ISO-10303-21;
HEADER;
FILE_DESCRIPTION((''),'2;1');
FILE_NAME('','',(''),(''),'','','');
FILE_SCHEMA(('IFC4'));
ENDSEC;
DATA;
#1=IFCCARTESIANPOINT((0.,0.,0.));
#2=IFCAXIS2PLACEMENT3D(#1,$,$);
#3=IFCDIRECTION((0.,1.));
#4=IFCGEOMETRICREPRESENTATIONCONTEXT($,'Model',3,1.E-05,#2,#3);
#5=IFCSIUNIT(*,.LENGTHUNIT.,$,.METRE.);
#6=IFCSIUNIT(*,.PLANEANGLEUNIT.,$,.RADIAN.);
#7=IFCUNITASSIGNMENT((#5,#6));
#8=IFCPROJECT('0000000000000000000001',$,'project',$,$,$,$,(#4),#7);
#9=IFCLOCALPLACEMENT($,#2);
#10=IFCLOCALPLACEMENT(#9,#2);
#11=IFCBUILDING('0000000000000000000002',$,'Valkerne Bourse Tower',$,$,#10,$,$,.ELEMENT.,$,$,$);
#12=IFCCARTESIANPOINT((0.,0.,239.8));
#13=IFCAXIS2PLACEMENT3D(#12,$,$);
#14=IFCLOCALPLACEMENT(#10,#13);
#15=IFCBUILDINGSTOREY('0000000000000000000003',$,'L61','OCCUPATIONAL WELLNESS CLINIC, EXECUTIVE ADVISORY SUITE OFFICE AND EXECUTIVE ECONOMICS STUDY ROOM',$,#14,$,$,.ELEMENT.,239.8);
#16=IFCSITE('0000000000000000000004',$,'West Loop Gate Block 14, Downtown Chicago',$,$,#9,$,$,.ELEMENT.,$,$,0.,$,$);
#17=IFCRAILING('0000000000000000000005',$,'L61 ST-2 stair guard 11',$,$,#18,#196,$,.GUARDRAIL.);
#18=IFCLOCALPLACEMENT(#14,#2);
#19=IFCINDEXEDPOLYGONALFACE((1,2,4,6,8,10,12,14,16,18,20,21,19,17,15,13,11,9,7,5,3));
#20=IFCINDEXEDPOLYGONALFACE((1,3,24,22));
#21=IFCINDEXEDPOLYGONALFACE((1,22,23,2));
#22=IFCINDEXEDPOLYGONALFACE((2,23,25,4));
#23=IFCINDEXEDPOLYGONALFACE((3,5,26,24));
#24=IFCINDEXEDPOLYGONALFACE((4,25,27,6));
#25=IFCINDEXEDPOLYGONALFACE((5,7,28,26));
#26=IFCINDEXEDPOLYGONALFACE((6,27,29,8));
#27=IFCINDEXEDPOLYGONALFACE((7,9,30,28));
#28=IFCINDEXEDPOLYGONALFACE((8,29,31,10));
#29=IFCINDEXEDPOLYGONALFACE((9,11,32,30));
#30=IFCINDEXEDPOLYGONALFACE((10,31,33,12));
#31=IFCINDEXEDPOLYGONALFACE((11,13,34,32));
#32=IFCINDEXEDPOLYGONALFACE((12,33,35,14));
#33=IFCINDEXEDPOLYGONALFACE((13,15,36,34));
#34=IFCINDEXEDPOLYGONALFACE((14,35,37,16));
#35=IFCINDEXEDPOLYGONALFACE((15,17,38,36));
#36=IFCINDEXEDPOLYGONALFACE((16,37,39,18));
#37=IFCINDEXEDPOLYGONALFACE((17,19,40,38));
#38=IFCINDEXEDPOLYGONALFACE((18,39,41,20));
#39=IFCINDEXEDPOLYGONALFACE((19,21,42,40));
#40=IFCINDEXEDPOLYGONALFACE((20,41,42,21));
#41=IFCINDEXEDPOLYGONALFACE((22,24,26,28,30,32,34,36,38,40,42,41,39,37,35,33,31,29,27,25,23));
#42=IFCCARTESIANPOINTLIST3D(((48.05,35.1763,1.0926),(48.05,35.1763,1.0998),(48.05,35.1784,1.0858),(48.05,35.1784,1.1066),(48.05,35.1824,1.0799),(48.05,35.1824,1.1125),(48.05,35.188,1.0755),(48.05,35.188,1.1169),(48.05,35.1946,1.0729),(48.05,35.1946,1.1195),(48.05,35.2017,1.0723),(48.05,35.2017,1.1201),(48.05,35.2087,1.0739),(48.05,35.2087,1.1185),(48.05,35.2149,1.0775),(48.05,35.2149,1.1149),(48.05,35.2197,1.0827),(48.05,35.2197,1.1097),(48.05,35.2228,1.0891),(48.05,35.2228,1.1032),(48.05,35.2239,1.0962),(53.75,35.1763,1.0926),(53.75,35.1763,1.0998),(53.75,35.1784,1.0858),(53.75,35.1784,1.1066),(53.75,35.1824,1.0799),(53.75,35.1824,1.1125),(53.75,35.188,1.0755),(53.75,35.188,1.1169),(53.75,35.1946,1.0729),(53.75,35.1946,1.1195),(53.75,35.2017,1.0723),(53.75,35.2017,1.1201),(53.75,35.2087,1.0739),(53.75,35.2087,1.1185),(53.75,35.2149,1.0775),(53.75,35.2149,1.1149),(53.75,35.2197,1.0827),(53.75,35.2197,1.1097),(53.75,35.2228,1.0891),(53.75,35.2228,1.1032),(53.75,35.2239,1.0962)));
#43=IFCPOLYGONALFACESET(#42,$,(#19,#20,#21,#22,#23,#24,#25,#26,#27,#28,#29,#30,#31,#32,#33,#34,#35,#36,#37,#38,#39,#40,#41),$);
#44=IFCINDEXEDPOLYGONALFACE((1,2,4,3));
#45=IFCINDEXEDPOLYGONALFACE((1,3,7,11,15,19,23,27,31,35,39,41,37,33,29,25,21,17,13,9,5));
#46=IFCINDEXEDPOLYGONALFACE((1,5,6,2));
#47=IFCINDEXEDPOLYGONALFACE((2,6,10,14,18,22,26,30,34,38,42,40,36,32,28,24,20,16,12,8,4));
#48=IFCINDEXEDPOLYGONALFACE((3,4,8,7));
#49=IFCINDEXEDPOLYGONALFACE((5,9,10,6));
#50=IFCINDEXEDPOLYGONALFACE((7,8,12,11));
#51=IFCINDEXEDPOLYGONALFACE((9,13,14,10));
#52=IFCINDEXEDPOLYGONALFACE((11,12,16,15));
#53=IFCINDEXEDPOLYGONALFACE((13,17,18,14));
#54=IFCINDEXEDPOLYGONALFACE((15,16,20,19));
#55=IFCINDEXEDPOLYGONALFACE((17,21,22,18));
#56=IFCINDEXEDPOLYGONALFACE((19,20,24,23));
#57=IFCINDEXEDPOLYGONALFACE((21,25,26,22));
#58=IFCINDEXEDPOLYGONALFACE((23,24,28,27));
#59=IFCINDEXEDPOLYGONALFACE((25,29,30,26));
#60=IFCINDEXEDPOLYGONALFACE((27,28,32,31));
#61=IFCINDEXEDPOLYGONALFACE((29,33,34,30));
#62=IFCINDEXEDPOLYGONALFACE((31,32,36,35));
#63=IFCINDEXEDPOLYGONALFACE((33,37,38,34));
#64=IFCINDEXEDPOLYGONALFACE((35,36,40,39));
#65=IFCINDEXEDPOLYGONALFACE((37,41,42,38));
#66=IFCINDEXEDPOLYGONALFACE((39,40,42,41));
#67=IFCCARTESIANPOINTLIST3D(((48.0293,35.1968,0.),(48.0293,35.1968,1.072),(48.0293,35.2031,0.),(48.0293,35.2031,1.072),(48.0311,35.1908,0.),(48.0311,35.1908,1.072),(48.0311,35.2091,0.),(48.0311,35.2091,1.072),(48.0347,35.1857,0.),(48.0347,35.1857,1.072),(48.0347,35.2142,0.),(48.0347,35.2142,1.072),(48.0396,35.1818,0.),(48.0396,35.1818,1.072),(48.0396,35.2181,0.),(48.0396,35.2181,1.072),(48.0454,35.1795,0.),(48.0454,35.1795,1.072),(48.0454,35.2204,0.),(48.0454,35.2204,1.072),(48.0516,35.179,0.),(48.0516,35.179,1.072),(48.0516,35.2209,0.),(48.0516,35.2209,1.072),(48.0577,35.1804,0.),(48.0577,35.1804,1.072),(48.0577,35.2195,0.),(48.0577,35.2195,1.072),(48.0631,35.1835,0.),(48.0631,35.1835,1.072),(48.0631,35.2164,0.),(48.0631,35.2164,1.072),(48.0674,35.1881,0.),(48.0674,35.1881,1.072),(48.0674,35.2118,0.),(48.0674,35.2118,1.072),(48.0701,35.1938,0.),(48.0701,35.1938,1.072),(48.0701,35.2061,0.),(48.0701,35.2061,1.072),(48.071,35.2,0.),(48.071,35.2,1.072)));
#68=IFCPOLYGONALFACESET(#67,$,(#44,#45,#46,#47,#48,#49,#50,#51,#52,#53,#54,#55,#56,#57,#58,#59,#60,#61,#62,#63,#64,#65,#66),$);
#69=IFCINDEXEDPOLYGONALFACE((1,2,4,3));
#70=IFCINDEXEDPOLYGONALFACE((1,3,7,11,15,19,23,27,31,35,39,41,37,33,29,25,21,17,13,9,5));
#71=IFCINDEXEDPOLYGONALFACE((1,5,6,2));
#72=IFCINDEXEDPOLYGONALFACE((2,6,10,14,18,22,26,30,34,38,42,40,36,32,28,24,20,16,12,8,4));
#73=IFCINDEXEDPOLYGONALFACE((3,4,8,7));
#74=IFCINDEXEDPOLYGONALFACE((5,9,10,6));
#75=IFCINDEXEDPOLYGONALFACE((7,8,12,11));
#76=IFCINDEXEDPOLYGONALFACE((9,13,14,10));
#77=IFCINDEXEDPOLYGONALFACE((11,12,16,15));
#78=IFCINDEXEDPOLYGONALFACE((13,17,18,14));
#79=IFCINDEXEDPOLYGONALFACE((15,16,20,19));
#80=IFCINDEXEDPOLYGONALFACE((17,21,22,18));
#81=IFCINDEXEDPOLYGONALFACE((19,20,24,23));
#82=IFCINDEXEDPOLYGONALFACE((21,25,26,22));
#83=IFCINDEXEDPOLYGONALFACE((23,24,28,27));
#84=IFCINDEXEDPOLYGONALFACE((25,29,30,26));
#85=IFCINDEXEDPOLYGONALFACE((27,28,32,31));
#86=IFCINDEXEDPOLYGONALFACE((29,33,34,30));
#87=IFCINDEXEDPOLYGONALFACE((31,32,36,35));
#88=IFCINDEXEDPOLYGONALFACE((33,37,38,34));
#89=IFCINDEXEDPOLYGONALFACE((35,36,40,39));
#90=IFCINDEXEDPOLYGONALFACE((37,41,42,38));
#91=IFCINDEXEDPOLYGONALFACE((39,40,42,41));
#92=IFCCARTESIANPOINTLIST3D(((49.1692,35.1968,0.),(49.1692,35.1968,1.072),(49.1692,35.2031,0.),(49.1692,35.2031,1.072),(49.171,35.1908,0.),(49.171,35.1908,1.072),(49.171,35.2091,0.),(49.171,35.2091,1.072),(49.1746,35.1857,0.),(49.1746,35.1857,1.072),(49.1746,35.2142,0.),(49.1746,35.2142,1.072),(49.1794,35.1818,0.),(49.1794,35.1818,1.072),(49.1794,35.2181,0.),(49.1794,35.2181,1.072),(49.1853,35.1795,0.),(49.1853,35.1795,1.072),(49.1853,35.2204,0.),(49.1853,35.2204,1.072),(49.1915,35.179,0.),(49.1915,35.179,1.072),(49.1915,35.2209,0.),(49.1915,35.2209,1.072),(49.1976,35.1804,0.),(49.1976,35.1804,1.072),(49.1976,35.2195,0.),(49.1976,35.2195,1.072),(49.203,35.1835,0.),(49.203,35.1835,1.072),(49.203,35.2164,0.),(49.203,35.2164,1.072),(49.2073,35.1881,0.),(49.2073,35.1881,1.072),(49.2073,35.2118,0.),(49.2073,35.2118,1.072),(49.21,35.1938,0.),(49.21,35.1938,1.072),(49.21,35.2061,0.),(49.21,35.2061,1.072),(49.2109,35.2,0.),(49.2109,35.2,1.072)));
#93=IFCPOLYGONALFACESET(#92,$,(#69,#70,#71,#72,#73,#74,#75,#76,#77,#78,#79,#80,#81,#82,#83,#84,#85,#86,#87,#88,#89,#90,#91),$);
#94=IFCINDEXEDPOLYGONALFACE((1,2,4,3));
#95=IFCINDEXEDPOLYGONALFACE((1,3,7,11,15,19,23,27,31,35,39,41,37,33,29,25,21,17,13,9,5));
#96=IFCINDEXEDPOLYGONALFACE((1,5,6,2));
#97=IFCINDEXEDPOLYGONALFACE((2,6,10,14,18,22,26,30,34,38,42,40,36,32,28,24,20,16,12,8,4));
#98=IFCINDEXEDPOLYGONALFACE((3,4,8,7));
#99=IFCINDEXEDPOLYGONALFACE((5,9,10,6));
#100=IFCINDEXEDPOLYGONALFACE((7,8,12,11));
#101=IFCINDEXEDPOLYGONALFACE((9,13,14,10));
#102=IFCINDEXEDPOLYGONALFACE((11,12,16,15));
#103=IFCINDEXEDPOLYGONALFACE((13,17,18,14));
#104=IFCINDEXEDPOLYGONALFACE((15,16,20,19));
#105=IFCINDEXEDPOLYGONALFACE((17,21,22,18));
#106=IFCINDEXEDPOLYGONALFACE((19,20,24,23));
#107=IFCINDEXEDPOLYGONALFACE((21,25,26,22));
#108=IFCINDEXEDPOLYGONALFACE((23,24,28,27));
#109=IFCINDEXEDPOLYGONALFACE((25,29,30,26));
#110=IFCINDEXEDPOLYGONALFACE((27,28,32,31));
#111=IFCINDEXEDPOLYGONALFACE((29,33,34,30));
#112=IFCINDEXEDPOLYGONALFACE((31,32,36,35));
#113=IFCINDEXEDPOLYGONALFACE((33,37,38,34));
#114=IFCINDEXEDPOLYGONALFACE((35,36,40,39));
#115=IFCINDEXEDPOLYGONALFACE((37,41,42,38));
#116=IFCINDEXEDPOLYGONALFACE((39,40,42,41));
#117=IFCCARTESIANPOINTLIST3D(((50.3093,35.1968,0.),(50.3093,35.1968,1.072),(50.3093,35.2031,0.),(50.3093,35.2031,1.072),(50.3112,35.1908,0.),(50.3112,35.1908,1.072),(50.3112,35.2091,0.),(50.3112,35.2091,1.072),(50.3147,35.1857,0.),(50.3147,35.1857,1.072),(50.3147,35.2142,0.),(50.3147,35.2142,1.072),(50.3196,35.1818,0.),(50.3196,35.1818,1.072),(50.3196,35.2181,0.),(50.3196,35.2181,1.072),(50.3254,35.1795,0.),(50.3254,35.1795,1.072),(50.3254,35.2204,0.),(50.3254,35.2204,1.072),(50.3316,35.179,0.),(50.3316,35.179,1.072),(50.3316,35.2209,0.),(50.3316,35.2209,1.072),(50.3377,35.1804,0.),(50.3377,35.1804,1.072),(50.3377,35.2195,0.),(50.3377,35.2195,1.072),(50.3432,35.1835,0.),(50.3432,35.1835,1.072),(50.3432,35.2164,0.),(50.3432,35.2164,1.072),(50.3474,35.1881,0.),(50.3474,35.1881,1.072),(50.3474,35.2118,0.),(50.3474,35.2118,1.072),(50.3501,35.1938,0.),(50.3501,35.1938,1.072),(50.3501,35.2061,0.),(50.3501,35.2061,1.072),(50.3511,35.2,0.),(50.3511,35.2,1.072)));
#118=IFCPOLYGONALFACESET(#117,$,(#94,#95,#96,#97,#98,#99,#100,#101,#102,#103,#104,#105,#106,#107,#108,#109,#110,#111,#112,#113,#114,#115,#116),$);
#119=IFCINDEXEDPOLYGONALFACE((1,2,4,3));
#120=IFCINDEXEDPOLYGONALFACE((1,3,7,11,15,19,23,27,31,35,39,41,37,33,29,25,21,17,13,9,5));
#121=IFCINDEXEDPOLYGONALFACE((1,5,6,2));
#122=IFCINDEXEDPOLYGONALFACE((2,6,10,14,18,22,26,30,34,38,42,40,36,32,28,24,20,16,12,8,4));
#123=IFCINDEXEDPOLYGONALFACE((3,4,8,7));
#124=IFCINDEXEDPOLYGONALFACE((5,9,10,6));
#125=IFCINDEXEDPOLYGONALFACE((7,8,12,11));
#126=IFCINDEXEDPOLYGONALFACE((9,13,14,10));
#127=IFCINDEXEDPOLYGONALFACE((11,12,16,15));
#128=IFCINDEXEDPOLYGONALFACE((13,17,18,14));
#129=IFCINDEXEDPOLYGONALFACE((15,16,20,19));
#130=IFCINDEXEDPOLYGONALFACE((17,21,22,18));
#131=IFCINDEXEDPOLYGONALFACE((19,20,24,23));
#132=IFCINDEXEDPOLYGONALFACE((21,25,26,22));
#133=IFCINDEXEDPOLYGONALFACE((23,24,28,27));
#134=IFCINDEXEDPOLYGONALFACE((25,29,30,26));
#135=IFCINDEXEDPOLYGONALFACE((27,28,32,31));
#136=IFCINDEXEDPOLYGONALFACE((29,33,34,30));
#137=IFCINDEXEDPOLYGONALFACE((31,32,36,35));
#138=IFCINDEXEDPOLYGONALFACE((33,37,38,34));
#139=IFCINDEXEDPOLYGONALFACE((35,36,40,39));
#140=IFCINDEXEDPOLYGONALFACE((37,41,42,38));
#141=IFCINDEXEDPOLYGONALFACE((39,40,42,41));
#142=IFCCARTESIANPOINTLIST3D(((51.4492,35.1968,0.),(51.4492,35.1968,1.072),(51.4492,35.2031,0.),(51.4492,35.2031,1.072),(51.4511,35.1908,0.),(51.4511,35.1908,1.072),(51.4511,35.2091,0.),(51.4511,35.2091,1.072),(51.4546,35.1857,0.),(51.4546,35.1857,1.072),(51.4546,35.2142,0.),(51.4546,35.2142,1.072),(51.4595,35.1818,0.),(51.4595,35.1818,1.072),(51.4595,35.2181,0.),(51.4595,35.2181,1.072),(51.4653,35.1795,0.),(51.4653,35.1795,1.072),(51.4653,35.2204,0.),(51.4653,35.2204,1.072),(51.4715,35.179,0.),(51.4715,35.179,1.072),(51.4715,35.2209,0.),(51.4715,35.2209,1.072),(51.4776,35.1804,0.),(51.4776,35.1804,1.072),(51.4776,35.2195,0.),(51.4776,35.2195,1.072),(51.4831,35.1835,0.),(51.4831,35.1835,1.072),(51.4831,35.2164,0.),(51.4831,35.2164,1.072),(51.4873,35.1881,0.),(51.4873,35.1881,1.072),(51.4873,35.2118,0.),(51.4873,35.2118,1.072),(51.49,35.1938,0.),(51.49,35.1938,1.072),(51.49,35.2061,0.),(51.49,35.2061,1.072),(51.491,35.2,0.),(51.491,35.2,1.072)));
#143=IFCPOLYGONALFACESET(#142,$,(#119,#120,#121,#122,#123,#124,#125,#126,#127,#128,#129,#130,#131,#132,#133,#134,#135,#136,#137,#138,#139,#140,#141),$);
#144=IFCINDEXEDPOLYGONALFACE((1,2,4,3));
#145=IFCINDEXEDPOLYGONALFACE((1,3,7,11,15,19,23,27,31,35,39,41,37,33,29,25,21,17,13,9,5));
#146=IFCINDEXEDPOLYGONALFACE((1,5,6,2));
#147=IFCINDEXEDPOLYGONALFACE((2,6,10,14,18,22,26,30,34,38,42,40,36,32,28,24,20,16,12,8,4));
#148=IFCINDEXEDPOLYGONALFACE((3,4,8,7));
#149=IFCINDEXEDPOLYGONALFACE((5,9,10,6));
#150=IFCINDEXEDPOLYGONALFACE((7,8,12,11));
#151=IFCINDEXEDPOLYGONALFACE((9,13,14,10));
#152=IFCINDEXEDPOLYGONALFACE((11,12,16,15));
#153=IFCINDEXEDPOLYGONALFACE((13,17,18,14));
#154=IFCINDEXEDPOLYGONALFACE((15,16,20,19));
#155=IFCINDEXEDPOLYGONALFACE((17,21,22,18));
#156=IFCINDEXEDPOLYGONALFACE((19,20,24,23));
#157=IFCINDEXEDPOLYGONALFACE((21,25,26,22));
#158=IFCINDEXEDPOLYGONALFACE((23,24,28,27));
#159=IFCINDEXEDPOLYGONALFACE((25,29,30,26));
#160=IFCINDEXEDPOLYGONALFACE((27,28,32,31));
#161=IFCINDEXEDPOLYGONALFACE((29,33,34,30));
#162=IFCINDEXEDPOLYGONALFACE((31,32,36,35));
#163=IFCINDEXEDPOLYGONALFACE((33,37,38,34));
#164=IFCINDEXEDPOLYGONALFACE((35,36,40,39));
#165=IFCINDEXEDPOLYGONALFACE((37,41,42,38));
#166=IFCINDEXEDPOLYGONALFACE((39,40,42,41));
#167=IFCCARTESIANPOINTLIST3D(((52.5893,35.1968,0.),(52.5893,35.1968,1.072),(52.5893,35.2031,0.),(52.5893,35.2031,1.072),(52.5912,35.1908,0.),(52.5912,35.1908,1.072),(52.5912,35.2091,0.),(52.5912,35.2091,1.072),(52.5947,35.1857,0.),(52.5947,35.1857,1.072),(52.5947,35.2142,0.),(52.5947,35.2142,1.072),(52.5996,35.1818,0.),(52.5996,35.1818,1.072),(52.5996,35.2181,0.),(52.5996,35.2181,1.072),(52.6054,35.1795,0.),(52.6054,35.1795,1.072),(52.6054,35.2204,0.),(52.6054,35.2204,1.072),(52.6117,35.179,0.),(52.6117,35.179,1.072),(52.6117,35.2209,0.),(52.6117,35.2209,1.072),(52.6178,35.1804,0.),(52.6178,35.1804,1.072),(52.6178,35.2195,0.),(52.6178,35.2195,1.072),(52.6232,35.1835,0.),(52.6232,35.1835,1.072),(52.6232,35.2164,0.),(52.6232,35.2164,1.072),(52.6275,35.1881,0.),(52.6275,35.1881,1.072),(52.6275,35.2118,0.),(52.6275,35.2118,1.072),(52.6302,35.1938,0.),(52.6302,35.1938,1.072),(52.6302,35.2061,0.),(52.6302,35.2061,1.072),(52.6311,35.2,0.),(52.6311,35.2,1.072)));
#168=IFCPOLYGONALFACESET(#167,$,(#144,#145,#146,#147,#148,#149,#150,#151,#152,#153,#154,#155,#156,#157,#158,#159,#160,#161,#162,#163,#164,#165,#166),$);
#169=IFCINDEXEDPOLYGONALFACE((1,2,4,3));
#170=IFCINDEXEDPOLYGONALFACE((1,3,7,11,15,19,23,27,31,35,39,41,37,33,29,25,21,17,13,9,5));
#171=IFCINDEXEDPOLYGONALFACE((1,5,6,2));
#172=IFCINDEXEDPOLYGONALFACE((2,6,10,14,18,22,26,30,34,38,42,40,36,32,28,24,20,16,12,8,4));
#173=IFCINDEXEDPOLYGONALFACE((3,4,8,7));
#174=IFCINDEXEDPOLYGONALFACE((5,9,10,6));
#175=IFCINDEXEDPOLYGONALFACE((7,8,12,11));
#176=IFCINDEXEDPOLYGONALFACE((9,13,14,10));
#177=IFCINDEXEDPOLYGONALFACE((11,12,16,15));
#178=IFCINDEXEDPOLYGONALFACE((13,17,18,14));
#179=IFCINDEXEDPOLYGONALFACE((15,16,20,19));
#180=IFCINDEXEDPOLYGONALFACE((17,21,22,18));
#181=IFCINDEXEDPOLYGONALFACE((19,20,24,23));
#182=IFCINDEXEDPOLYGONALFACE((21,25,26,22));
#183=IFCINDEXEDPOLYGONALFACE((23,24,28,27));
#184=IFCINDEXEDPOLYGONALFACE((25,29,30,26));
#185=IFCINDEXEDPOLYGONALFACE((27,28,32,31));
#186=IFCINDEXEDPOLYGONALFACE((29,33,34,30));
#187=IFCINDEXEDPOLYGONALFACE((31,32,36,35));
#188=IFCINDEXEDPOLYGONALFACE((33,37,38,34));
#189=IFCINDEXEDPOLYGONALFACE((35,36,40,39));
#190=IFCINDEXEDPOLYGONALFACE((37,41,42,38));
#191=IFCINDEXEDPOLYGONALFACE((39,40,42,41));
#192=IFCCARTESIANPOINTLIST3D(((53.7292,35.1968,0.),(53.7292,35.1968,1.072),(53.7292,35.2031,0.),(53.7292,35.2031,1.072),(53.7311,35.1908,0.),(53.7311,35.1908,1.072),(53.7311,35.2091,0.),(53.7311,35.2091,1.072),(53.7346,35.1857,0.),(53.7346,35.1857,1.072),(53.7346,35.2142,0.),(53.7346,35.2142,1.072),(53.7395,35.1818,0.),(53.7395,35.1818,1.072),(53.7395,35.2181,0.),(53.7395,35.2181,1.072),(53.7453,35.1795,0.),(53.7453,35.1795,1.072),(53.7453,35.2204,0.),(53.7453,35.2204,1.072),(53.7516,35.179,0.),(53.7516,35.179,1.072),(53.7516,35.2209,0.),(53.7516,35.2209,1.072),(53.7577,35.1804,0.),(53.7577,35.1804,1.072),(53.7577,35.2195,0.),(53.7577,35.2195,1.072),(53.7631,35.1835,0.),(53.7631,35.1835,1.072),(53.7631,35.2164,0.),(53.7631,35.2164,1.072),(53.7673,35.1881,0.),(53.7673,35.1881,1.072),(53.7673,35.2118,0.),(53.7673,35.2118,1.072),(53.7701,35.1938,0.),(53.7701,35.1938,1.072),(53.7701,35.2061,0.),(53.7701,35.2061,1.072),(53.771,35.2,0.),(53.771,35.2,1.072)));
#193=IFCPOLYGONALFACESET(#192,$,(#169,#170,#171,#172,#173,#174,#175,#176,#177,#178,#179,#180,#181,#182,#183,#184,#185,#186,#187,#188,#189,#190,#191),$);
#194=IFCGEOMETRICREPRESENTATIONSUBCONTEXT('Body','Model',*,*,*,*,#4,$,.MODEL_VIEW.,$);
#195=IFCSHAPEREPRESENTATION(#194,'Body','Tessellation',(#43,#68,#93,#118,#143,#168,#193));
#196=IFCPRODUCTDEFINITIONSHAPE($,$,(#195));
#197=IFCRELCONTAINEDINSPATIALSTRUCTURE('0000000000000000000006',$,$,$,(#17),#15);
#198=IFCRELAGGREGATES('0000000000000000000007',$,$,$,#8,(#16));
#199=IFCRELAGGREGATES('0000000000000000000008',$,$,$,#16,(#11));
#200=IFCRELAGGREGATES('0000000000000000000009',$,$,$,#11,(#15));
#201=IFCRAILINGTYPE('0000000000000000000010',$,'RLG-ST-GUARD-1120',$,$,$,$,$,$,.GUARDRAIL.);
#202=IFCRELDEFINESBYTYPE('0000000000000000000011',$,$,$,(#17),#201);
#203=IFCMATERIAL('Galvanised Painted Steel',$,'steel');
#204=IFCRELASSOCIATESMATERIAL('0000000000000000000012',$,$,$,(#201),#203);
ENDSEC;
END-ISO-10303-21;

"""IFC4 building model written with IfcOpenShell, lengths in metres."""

from ifc_helpers import new_model, si_unit, direction, frame, origin, origin_2d, place, context, subcontext, project, spatial, circle, extrude, material, type_object, element, save


model = new_model("IFC4")

# Units and contexts
model_context = context("Model", 3, precision=1e-05, world=origin(), true_north=direction((0.0, 1.0)))
body_context = subcontext(model_context, "Body", "Model", "MODEL_VIEW")
ifc_project = project(units=[si_unit("LENGTHUNIT", "METRE"), si_unit("PLANEANGLEUNIT", "RADIAN")], contexts=[model_context])

# Site, building, storey
site_placement = place(None, origin())
site = spatial("IfcSite", under=ifc_project, at=site_placement, Name="West Loop Gate Block 14, Downtown Chicago", CompositionType="ELEMENT", RefElevation=0.0)
building_placement = place(site_placement, origin())
building = spatial("IfcBuilding", under=site, at=building_placement, Name="Valkerne Bourse Tower", CompositionType="ELEMENT")
storey_placement = place(building_placement, frame((0.0, 0.0, 239.8)))
storey = spatial("IfcBuildingStorey", under=building, at=storey_placement, Name="L61", Description="OCCUPATIONAL WELLNESS CLINIC, EXECUTIVE ADVISORY SUITE OFFICE AND EXECUTIVE ECONOMICS STUDY ROOM", CompositionType="ELEMENT", Elevation=239.8)

# Railing
ifc_material_1 = material(Name="Galvanised Painted Steel", Category="steel")
railing_type_1 = type_object("IfcRailingType", Name="RLG-ST-GUARD-1120", PredefinedType="GUARDRAIL", material=ifc_material_1)
railing_1_placement = place(storey_placement, frame((48.05, 35.2, 0.0)))
element("IfcRailing", 1, at=railing_1_placement, inside=storey, type_object=railing_type_1, Name="L61 ST-2 stair guard 11", PredefinedType="GUARDRAIL", context=body_context, shape_type="SweptSolid", body=[
    extrude(circle(Radius=0.0239, at=origin_2d()), frame((0.0, 0.0, 1.0962), z_axis=(1.0, 0.0, 0.0), x_axis=(0.0, 1.0, 0.0)), (0.0, 0.0, 1.0), 5.7),
    extrude(circle(Radius=0.021, at=origin_2d()), origin(), (0.0, 0.0, 1.0), 1.072),
    extrude(circle(Radius=0.021, at=origin_2d()), frame((1.1399, 0.0, 0.0)), (0.0, 0.0, 1.0), 1.072),
    extrude(circle(Radius=0.021, at=origin_2d()), frame((2.28, 0.0, 0.0)), (0.0, 0.0, 1.0), 1.072),
    extrude(circle(Radius=0.021, at=origin_2d()), frame((3.4199, 0.0, 0.0)), (0.0, 0.0, 1.0), 1.072),
    extrude(circle(Radius=0.021, at=origin_2d()), frame((4.5601, 0.0, 0.0)), (0.0, 0.0, 1.0), 1.072),
    extrude(circle(Radius=0.021, at=origin_2d()), frame((5.7, 0.0, 0.0)), (0.0, 0.0, 1.0), 1.072),
])

save(model, "model.ifc")
